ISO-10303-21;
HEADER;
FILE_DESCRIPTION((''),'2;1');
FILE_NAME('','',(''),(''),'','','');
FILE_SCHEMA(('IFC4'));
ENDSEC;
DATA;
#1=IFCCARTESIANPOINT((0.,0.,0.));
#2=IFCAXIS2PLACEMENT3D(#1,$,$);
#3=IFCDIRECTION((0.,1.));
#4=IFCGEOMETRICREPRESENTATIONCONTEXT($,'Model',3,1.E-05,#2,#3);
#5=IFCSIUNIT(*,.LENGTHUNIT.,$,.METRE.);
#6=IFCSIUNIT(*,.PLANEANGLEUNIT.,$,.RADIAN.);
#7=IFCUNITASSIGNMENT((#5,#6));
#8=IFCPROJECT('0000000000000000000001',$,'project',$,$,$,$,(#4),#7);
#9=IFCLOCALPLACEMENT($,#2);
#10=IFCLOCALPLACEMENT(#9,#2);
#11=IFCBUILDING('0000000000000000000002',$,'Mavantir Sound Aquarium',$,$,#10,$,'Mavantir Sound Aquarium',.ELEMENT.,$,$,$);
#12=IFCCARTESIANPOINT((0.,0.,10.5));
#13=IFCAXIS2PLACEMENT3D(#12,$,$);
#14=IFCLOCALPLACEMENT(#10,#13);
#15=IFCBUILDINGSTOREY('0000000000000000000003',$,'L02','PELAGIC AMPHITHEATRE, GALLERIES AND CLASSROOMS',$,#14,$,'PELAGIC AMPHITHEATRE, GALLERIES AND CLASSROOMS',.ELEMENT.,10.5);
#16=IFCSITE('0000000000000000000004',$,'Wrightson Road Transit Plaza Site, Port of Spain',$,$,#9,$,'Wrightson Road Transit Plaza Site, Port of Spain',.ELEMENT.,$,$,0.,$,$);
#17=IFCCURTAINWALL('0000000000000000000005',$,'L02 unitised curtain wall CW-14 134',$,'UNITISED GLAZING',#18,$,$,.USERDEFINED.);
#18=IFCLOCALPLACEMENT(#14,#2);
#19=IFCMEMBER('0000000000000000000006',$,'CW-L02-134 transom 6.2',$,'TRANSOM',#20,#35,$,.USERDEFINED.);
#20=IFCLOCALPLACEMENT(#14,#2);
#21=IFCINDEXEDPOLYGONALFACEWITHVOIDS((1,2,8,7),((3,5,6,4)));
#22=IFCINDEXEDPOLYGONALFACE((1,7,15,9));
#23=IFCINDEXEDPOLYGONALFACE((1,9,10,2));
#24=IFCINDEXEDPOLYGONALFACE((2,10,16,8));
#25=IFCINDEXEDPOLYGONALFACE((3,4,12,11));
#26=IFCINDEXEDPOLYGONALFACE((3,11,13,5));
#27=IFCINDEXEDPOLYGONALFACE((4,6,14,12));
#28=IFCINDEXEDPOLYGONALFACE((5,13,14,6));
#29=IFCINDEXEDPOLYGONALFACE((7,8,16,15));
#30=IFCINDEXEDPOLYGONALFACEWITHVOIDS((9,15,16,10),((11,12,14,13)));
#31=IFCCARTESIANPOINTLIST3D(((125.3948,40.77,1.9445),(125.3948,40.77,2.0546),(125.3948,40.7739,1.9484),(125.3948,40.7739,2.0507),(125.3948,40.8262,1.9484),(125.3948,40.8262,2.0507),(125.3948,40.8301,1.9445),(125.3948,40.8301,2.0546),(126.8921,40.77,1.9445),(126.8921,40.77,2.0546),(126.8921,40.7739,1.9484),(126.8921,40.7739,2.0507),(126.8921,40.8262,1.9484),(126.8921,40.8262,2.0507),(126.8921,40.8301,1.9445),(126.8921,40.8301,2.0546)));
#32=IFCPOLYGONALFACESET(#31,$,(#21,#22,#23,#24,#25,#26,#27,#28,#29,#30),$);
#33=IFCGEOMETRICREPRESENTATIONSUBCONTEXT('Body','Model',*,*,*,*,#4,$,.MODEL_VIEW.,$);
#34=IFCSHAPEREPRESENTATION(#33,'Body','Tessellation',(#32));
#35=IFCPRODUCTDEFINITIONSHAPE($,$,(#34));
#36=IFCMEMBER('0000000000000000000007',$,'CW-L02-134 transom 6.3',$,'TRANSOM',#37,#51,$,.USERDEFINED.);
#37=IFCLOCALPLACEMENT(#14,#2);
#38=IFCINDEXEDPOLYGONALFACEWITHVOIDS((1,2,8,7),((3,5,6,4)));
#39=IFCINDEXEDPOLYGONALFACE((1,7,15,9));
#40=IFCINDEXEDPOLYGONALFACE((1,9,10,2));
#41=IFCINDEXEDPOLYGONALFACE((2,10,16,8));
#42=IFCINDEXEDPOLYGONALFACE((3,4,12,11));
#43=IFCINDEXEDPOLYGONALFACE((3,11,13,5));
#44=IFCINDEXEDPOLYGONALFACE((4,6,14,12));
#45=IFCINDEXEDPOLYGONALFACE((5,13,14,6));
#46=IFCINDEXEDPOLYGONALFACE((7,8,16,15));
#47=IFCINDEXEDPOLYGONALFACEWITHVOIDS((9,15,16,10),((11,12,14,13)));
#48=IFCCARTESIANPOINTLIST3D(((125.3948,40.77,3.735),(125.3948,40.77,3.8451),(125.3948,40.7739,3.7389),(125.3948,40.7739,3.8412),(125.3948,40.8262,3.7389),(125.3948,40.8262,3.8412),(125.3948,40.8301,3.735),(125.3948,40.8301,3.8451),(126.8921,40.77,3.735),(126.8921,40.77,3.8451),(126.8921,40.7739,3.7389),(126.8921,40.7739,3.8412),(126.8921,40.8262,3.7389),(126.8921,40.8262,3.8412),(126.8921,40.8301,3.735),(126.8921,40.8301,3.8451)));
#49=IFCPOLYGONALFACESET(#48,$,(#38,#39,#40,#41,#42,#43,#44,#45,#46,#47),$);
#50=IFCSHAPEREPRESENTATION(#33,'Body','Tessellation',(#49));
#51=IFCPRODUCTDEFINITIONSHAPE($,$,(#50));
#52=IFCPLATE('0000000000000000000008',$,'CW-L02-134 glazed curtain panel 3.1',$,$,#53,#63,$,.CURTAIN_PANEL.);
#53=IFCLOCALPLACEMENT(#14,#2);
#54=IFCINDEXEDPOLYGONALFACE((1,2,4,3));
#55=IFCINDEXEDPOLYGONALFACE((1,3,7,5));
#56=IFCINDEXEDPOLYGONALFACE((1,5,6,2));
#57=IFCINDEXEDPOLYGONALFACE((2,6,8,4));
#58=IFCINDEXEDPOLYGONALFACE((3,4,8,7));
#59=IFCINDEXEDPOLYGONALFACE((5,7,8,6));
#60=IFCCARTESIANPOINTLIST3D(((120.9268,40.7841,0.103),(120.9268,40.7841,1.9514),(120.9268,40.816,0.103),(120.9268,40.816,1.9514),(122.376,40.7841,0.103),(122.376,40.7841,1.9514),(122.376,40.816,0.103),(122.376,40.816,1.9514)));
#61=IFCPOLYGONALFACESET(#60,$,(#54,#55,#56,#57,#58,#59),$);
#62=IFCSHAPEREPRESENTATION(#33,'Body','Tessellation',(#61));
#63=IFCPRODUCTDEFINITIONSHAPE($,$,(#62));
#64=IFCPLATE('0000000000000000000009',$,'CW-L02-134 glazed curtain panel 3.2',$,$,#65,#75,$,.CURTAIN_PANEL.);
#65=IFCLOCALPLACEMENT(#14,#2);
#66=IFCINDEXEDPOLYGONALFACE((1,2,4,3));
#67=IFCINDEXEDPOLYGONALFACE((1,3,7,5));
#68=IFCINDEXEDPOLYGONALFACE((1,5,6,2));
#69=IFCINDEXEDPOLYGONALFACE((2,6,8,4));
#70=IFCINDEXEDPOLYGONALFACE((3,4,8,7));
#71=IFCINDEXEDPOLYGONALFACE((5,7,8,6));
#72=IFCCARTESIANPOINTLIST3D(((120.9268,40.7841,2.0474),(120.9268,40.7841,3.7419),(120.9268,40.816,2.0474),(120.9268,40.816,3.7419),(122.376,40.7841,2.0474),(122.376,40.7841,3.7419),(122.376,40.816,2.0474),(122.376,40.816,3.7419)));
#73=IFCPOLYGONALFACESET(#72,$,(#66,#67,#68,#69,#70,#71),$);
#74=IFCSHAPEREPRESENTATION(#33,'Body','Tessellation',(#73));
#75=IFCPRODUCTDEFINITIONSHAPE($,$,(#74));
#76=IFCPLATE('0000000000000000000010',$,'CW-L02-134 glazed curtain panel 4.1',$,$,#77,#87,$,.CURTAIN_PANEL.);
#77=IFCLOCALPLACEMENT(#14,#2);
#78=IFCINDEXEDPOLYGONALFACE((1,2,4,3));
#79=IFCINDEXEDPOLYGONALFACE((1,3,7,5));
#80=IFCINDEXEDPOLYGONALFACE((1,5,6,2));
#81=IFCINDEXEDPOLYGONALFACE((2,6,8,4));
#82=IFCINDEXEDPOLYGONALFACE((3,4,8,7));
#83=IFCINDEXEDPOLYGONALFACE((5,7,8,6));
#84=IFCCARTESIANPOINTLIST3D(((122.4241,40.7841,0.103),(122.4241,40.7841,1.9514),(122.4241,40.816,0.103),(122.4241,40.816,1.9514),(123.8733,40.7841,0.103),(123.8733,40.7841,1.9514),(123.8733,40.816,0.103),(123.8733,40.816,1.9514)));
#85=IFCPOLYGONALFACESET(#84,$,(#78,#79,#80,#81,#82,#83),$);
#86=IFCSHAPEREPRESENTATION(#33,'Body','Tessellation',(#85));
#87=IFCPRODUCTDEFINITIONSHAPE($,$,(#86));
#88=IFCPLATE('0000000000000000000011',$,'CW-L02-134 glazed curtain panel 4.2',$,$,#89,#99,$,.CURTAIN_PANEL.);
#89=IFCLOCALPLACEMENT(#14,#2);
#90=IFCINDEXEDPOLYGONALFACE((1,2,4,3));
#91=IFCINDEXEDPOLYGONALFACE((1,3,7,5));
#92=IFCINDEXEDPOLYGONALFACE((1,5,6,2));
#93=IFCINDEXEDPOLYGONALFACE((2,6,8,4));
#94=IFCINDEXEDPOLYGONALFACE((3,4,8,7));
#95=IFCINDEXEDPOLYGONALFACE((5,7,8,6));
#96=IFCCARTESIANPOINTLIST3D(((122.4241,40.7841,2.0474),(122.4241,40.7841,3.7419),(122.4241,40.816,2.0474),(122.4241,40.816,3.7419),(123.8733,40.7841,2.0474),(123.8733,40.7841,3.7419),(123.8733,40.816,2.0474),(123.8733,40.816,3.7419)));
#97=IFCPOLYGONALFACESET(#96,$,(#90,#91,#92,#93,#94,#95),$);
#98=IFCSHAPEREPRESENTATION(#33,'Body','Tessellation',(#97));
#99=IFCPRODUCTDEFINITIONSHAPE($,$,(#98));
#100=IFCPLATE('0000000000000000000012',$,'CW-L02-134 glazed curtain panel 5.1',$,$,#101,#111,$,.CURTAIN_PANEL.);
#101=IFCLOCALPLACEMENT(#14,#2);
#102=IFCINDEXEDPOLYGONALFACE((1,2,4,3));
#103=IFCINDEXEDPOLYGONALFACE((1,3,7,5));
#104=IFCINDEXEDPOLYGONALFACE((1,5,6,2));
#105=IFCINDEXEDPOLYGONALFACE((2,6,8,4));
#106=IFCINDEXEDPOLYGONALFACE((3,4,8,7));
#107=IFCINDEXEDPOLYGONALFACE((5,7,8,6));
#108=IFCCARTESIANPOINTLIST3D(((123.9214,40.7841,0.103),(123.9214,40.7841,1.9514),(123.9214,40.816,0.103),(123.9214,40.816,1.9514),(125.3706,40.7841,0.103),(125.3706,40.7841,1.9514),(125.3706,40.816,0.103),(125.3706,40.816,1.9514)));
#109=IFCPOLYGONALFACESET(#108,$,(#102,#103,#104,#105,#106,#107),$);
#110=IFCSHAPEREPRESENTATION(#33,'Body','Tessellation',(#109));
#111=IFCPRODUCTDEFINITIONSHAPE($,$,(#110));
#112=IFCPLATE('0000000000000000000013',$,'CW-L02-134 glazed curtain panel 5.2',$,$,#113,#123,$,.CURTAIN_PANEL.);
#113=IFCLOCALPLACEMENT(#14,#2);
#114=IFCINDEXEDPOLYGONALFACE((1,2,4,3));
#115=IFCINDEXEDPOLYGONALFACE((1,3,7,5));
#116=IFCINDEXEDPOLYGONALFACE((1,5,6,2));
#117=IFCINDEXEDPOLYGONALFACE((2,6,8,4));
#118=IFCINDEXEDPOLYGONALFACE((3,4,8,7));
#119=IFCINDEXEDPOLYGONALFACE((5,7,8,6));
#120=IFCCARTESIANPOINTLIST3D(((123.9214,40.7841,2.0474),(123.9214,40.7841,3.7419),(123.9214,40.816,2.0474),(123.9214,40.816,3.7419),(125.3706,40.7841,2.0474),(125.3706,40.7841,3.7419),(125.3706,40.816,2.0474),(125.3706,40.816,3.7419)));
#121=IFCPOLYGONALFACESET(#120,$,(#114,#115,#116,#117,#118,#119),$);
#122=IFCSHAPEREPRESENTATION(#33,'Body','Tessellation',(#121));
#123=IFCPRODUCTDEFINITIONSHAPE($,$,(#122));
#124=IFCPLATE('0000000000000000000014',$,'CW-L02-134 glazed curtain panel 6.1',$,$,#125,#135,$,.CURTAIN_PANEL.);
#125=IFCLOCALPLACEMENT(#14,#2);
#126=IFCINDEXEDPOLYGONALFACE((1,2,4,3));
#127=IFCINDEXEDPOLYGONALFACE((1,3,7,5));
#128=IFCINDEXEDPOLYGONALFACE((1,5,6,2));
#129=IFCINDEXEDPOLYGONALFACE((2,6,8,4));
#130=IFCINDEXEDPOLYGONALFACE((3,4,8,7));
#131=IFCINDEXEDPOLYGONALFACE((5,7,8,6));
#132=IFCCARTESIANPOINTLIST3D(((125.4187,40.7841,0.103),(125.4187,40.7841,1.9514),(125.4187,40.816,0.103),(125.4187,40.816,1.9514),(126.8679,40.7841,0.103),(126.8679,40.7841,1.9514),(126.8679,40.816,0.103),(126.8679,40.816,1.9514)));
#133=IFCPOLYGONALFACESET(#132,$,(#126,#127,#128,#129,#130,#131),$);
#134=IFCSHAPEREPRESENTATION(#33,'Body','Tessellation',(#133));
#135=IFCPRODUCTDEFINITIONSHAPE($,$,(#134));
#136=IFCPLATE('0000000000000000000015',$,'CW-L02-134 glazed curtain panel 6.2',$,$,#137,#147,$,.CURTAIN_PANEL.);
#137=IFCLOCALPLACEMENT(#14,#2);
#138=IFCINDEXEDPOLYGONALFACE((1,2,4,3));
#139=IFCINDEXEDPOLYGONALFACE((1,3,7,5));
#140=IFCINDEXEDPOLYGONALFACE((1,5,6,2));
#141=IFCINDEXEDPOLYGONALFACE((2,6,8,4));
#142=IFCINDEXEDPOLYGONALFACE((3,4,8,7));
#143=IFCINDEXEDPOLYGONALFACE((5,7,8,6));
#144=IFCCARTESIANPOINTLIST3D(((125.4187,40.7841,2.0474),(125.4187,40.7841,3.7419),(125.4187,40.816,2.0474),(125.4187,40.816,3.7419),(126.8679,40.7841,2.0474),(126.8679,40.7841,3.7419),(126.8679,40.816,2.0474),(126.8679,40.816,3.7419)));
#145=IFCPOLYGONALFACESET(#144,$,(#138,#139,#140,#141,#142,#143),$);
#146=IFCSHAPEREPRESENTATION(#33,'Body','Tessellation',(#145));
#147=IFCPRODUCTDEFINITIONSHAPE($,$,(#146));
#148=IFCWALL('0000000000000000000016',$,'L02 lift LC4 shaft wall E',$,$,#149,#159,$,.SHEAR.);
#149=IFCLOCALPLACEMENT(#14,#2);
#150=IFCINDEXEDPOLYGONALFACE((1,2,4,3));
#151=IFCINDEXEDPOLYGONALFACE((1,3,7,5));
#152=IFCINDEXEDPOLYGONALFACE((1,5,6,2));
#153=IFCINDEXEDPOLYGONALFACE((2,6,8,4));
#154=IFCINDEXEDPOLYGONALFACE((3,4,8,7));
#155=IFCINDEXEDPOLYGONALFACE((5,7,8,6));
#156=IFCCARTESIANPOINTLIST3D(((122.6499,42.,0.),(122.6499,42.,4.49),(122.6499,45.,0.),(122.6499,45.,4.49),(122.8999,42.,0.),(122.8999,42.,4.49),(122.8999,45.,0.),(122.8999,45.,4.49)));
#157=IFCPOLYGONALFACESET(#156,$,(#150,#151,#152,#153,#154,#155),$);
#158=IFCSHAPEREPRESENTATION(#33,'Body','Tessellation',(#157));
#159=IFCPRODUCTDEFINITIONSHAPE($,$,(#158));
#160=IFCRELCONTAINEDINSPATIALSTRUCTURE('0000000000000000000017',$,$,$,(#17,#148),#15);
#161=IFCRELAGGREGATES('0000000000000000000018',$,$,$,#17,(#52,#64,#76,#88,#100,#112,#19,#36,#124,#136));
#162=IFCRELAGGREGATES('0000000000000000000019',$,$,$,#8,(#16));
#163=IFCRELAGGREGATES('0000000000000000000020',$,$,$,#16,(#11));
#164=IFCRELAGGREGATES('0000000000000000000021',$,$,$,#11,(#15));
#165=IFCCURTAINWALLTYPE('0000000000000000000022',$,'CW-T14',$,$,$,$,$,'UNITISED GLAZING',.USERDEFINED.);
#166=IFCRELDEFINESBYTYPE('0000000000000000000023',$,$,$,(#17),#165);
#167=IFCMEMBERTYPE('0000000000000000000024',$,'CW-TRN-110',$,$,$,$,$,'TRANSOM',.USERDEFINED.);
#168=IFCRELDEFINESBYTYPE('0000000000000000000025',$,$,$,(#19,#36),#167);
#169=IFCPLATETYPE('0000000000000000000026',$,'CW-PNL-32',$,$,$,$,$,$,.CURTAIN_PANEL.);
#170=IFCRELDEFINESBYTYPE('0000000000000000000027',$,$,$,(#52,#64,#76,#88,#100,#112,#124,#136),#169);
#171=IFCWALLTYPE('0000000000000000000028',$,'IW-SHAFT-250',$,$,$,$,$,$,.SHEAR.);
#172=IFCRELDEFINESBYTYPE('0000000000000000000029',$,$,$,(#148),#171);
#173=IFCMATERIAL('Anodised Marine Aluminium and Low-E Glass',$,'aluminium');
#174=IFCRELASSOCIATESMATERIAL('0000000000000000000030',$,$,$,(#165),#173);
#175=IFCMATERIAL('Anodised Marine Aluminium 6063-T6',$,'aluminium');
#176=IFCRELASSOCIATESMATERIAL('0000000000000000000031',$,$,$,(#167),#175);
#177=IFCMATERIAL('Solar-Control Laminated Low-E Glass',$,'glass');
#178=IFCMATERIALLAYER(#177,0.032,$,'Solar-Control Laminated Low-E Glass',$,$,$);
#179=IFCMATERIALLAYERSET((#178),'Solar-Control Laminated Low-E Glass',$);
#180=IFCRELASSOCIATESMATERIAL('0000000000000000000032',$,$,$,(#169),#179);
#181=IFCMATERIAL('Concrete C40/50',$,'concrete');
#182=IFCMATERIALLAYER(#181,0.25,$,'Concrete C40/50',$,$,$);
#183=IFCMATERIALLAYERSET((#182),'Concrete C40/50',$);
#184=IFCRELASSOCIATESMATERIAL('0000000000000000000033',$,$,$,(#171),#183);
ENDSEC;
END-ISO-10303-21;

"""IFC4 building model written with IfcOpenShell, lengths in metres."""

from ifc_helpers import new_model, si_unit, direction, frame, frame_2d, origin, origin_2d, place, context, subcontext, project, spatial, rectangle, hollow_rectangle, extrude, material, layer, layer_set, material_profile, profile_set, type_object, element, aggregate, save


model = new_model("IFC4")

# Units and contexts
model_context = context("Model", 3, precision=1e-05, world=origin(), true_north=direction((0.0, 1.0)))
body_context = subcontext(model_context, "Body", "Model", "MODEL_VIEW")
ifc_project = project(units=[si_unit("LENGTHUNIT", "METRE"), si_unit("PLANEANGLEUNIT", "RADIAN")], contexts=[model_context])

# Site, building, storey
site_placement = place(None, origin())
site = spatial("IfcSite", under=ifc_project, at=site_placement, Name="Wrightson Road Transit Plaza Site, Port of Spain", LongName="Wrightson Road Transit Plaza Site, Port of Spain", CompositionType="ELEMENT", RefElevation=0.0)
building_placement = place(site_placement, origin())
building = spatial("IfcBuilding", under=site, at=building_placement, Name="Mavantir Sound Aquarium", LongName="Mavantir Sound Aquarium", CompositionType="ELEMENT")
storey_placement = place(building_placement, frame((0.0, 0.0, 10.5)))
storey = spatial("IfcBuildingStorey", under=building, at=storey_placement, Name="L02", Description="PELAGIC AMPHITHEATRE, GALLERIES AND CLASSROOMS", LongName="PELAGIC AMPHITHEATRE, GALLERIES AND CLASSROOMS", CompositionType="ELEMENT", Elevation=10.5)

# Shared definitions
ifc_material_1 = material(Name="Concrete C40/50", Category="concrete")

# Curtain wall, members, plates
ifc_material_2 = material(Name="Anodised Marine Aluminium and Low-E Glass", Category="aluminium")
curtain_wall_type = type_object("IfcCurtainWallType", Name="CW-T14", ElementType="UNITISED GLAZING", PredefinedType="USERDEFINED", material=ifc_material_2)
curtain_wall_placement = place(storey_placement, origin())
curtain_wall = element("IfcCurtainWall", 1, at=curtain_wall_placement, inside=storey, type_object=curtain_wall_type, Name="L02 unitised curtain wall CW-14 134", ObjectType="UNITISED GLAZING", PredefinedType="USERDEFINED")
ifc_material_3 = material(Name="Anodised Marine Aluminium 6063-T6", Category="aluminium")
ifc_material_profile_1 = material_profile(ifc_material_3, hollow_rectangle(XDim=0.0601, YDim=0.1101, WallThickness=0.0039, at=origin_2d()), Name="ALU-TRANSOM-110X60")
ifc_profile_set_1 = profile_set([ifc_material_profile_1], Name="Anodised Marine Aluminium 6063-T6")
member_type_1 = type_object("IfcMemberType", Name="CW-TRN-110", ElementType="TRANSOM", PredefinedType="USERDEFINED", material=ifc_profile_set_1)
member_1_placement = place(storey_placement, frame((125.3948, 40.8, 1.9995), z_axis=(1.0, 0.0, 0.0), x_axis=(0.0, 1.0, 0.0)))
member_1 = element("IfcMember", 2, at=member_1_placement, type_object=member_type_1, Name="CW-L02-134 transom 6.2", ObjectType="TRANSOM", PredefinedType="USERDEFINED", context=body_context, shape_type="SweptSolid", body=[
    extrude(hollow_rectangle(XDim=0.0601, YDim=0.1101, WallThickness=0.0039, at=origin_2d()), origin(), (0.0, 0.0, 1.0), 1.4973),
])
member_2_placement = place(storey_placement, frame((125.3948, 40.8, 3.79), z_axis=(1.0, 0.0, 0.0), x_axis=(0.0, 1.0, 0.0)))
member_2 = element("IfcMember", 3, at=member_2_placement, type_object=member_type_1, Name="CW-L02-134 transom 6.3", ObjectType="TRANSOM", PredefinedType="USERDEFINED", context=body_context, shape_type="SweptSolid", body=[
    extrude(hollow_rectangle(XDim=0.0601, YDim=0.1101, WallThickness=0.0039, at=origin_2d()), origin(), (0.0, 0.0, 1.0), 1.4973),
])
ifc_material_4 = material(Name="Solar-Control Laminated Low-E Glass", Category="glass")
ifc_layer_1 = layer(ifc_material_4, 0.032, Name="Solar-Control Laminated Low-E Glass")
ifc_layer_set_1 = layer_set([ifc_layer_1], Name="Solar-Control Laminated Low-E Glass")
plate_type = type_object("IfcPlateType", Name="CW-PNL-32", PredefinedType="CURTAIN_PANEL", material=ifc_layer_set_1)
plate_1_placement = place(storey_placement, frame((121.6514, 40.8, 0.103), z_axis=(0.0, 0.0, 1.0), x_axis=(1.0, 0.0, 0.0)))
plate_1 = element("IfcPlate", 4, at=plate_1_placement, type_object=plate_type, Name="CW-L02-134 glazed curtain panel 3.1", PredefinedType="CURTAIN_PANEL", context=body_context, shape_type="SweptSolid", body=[
    extrude(rectangle(XDim=1.4492, YDim=0.032, at=origin_2d()), origin(), (0.0, 0.0, 1.0), 1.8484),
])
plate_2_placement = place(storey_placement, frame((121.6514, 40.8, 2.0474), z_axis=(0.0, 0.0, 1.0), x_axis=(1.0, 0.0, 0.0)))
plate_2 = element("IfcPlate", 5, at=plate_2_placement, type_object=plate_type, Name="CW-L02-134 glazed curtain panel 3.2", PredefinedType="CURTAIN_PANEL", context=body_context, shape_type="SweptSolid", body=[
    extrude(rectangle(XDim=1.4492, YDim=0.032, at=origin_2d()), origin(), (0.0, 0.0, 1.0), 1.6946),
])
plate_3_placement = place(storey_placement, frame((123.1487, 40.8, 0.103), z_axis=(0.0, 0.0, 1.0), x_axis=(1.0, 0.0, 0.0)))
plate_3 = element("IfcPlate", 6, at=plate_3_placement, type_object=plate_type, Name="CW-L02-134 glazed curtain panel 4.1", PredefinedType="CURTAIN_PANEL", context=body_context, shape_type="SweptSolid", body=[
    extrude(rectangle(XDim=1.4492, YDim=0.032, at=origin_2d()), origin(), (0.0, 0.0, 1.0), 1.8484),
])
plate_4_placement = place(storey_placement, frame((123.1487, 40.8, 2.0474), z_axis=(0.0, 0.0, 1.0), x_axis=(1.0, 0.0, 0.0)))
plate_4 = element("IfcPlate", 7, at=plate_4_placement, type_object=plate_type, Name="CW-L02-134 glazed curtain panel 4.2", PredefinedType="CURTAIN_PANEL", context=body_context, shape_type="SweptSolid", body=[
    extrude(rectangle(XDim=1.4492, YDim=0.032, at=origin_2d()), origin(), (0.0, 0.0, 1.0), 1.6946),
])
plate_5_placement = place(storey_placement, frame((124.646, 40.8, 0.103), z_axis=(0.0, 0.0, 1.0), x_axis=(1.0, 0.0, 0.0)))
plate_5 = element("IfcPlate", 8, at=plate_5_placement, type_object=plate_type, Name="CW-L02-134 glazed curtain panel 5.1", PredefinedType="CURTAIN_PANEL", context=body_context, shape_type="SweptSolid", body=[
    extrude(rectangle(XDim=1.4492, YDim=0.032, at=origin_2d()), origin(), (0.0, 0.0, 1.0), 1.8484),
])
plate_6_placement = place(storey_placement, frame((124.646, 40.8, 2.0474), z_axis=(0.0, 0.0, 1.0), x_axis=(1.0, 0.0, 0.0)))
plate_6 = element("IfcPlate", 9, at=plate_6_placement, type_object=plate_type, Name="CW-L02-134 glazed curtain panel 5.2", PredefinedType="CURTAIN_PANEL", context=body_context, shape_type="SweptSolid", body=[
    extrude(rectangle(XDim=1.4492, YDim=0.032, at=origin_2d()), origin(), (0.0, 0.0, 1.0), 1.6946),
])
plate_7_placement = place(storey_placement, frame((126.1433, 40.8, 0.103), z_axis=(0.0, 0.0, 1.0), x_axis=(1.0, 0.0, 0.0)))
plate_7 = element("IfcPlate", 10, at=plate_7_placement, type_object=plate_type, Name="CW-L02-134 glazed curtain panel 6.1", PredefinedType="CURTAIN_PANEL", context=body_context, shape_type="SweptSolid", body=[
    extrude(rectangle(XDim=1.4492, YDim=0.032, at=origin_2d()), origin(), (0.0, 0.0, 1.0), 1.8484),
])
plate_8_placement = place(storey_placement, frame((126.1433, 40.8, 2.0474), z_axis=(0.0, 0.0, 1.0), x_axis=(1.0, 0.0, 0.0)))
plate_8 = element("IfcPlate", 11, at=plate_8_placement, type_object=plate_type, Name="CW-L02-134 glazed curtain panel 6.2", PredefinedType="CURTAIN_PANEL", context=body_context, shape_type="SweptSolid", body=[
    extrude(rectangle(XDim=1.4492, YDim=0.032, at=origin_2d()), origin(), (0.0, 0.0, 1.0), 1.6946),
])
aggregate(curtain_wall, [plate_1, plate_2, plate_3, plate_4, plate_5, plate_6, member_1, member_2, plate_7, plate_8])

# Wall
ifc_layer_2 = layer(ifc_material_1, 0.25, Name="Concrete C40/50")
ifc_layer_set_2 = layer_set([ifc_layer_2], Name="Concrete C40/50")
wall_type = type_object("IfcWallType", Name="IW-SHAFT-250", PredefinedType="SHEAR", material=ifc_layer_set_2)
wall_placement = place(storey_placement, frame((122.7749, 42.0, 0.0), z_axis=(0.0, 0.0, 1.0), x_axis=(0.0, 1.0, 0.0)))
element("IfcWall", 12, at=wall_placement, inside=storey, type_object=wall_type, Name="L02 lift LC4 shaft wall E", PredefinedType="SHEAR", context=body_context, shape_type="SweptSolid", body=[
    extrude(rectangle(XDim=3.0, YDim=0.25, at=frame_2d((1.5, 0.0))), origin(), (0.0, 0.0, 1.0), 4.49),
])

save(model, "model.ifc")
